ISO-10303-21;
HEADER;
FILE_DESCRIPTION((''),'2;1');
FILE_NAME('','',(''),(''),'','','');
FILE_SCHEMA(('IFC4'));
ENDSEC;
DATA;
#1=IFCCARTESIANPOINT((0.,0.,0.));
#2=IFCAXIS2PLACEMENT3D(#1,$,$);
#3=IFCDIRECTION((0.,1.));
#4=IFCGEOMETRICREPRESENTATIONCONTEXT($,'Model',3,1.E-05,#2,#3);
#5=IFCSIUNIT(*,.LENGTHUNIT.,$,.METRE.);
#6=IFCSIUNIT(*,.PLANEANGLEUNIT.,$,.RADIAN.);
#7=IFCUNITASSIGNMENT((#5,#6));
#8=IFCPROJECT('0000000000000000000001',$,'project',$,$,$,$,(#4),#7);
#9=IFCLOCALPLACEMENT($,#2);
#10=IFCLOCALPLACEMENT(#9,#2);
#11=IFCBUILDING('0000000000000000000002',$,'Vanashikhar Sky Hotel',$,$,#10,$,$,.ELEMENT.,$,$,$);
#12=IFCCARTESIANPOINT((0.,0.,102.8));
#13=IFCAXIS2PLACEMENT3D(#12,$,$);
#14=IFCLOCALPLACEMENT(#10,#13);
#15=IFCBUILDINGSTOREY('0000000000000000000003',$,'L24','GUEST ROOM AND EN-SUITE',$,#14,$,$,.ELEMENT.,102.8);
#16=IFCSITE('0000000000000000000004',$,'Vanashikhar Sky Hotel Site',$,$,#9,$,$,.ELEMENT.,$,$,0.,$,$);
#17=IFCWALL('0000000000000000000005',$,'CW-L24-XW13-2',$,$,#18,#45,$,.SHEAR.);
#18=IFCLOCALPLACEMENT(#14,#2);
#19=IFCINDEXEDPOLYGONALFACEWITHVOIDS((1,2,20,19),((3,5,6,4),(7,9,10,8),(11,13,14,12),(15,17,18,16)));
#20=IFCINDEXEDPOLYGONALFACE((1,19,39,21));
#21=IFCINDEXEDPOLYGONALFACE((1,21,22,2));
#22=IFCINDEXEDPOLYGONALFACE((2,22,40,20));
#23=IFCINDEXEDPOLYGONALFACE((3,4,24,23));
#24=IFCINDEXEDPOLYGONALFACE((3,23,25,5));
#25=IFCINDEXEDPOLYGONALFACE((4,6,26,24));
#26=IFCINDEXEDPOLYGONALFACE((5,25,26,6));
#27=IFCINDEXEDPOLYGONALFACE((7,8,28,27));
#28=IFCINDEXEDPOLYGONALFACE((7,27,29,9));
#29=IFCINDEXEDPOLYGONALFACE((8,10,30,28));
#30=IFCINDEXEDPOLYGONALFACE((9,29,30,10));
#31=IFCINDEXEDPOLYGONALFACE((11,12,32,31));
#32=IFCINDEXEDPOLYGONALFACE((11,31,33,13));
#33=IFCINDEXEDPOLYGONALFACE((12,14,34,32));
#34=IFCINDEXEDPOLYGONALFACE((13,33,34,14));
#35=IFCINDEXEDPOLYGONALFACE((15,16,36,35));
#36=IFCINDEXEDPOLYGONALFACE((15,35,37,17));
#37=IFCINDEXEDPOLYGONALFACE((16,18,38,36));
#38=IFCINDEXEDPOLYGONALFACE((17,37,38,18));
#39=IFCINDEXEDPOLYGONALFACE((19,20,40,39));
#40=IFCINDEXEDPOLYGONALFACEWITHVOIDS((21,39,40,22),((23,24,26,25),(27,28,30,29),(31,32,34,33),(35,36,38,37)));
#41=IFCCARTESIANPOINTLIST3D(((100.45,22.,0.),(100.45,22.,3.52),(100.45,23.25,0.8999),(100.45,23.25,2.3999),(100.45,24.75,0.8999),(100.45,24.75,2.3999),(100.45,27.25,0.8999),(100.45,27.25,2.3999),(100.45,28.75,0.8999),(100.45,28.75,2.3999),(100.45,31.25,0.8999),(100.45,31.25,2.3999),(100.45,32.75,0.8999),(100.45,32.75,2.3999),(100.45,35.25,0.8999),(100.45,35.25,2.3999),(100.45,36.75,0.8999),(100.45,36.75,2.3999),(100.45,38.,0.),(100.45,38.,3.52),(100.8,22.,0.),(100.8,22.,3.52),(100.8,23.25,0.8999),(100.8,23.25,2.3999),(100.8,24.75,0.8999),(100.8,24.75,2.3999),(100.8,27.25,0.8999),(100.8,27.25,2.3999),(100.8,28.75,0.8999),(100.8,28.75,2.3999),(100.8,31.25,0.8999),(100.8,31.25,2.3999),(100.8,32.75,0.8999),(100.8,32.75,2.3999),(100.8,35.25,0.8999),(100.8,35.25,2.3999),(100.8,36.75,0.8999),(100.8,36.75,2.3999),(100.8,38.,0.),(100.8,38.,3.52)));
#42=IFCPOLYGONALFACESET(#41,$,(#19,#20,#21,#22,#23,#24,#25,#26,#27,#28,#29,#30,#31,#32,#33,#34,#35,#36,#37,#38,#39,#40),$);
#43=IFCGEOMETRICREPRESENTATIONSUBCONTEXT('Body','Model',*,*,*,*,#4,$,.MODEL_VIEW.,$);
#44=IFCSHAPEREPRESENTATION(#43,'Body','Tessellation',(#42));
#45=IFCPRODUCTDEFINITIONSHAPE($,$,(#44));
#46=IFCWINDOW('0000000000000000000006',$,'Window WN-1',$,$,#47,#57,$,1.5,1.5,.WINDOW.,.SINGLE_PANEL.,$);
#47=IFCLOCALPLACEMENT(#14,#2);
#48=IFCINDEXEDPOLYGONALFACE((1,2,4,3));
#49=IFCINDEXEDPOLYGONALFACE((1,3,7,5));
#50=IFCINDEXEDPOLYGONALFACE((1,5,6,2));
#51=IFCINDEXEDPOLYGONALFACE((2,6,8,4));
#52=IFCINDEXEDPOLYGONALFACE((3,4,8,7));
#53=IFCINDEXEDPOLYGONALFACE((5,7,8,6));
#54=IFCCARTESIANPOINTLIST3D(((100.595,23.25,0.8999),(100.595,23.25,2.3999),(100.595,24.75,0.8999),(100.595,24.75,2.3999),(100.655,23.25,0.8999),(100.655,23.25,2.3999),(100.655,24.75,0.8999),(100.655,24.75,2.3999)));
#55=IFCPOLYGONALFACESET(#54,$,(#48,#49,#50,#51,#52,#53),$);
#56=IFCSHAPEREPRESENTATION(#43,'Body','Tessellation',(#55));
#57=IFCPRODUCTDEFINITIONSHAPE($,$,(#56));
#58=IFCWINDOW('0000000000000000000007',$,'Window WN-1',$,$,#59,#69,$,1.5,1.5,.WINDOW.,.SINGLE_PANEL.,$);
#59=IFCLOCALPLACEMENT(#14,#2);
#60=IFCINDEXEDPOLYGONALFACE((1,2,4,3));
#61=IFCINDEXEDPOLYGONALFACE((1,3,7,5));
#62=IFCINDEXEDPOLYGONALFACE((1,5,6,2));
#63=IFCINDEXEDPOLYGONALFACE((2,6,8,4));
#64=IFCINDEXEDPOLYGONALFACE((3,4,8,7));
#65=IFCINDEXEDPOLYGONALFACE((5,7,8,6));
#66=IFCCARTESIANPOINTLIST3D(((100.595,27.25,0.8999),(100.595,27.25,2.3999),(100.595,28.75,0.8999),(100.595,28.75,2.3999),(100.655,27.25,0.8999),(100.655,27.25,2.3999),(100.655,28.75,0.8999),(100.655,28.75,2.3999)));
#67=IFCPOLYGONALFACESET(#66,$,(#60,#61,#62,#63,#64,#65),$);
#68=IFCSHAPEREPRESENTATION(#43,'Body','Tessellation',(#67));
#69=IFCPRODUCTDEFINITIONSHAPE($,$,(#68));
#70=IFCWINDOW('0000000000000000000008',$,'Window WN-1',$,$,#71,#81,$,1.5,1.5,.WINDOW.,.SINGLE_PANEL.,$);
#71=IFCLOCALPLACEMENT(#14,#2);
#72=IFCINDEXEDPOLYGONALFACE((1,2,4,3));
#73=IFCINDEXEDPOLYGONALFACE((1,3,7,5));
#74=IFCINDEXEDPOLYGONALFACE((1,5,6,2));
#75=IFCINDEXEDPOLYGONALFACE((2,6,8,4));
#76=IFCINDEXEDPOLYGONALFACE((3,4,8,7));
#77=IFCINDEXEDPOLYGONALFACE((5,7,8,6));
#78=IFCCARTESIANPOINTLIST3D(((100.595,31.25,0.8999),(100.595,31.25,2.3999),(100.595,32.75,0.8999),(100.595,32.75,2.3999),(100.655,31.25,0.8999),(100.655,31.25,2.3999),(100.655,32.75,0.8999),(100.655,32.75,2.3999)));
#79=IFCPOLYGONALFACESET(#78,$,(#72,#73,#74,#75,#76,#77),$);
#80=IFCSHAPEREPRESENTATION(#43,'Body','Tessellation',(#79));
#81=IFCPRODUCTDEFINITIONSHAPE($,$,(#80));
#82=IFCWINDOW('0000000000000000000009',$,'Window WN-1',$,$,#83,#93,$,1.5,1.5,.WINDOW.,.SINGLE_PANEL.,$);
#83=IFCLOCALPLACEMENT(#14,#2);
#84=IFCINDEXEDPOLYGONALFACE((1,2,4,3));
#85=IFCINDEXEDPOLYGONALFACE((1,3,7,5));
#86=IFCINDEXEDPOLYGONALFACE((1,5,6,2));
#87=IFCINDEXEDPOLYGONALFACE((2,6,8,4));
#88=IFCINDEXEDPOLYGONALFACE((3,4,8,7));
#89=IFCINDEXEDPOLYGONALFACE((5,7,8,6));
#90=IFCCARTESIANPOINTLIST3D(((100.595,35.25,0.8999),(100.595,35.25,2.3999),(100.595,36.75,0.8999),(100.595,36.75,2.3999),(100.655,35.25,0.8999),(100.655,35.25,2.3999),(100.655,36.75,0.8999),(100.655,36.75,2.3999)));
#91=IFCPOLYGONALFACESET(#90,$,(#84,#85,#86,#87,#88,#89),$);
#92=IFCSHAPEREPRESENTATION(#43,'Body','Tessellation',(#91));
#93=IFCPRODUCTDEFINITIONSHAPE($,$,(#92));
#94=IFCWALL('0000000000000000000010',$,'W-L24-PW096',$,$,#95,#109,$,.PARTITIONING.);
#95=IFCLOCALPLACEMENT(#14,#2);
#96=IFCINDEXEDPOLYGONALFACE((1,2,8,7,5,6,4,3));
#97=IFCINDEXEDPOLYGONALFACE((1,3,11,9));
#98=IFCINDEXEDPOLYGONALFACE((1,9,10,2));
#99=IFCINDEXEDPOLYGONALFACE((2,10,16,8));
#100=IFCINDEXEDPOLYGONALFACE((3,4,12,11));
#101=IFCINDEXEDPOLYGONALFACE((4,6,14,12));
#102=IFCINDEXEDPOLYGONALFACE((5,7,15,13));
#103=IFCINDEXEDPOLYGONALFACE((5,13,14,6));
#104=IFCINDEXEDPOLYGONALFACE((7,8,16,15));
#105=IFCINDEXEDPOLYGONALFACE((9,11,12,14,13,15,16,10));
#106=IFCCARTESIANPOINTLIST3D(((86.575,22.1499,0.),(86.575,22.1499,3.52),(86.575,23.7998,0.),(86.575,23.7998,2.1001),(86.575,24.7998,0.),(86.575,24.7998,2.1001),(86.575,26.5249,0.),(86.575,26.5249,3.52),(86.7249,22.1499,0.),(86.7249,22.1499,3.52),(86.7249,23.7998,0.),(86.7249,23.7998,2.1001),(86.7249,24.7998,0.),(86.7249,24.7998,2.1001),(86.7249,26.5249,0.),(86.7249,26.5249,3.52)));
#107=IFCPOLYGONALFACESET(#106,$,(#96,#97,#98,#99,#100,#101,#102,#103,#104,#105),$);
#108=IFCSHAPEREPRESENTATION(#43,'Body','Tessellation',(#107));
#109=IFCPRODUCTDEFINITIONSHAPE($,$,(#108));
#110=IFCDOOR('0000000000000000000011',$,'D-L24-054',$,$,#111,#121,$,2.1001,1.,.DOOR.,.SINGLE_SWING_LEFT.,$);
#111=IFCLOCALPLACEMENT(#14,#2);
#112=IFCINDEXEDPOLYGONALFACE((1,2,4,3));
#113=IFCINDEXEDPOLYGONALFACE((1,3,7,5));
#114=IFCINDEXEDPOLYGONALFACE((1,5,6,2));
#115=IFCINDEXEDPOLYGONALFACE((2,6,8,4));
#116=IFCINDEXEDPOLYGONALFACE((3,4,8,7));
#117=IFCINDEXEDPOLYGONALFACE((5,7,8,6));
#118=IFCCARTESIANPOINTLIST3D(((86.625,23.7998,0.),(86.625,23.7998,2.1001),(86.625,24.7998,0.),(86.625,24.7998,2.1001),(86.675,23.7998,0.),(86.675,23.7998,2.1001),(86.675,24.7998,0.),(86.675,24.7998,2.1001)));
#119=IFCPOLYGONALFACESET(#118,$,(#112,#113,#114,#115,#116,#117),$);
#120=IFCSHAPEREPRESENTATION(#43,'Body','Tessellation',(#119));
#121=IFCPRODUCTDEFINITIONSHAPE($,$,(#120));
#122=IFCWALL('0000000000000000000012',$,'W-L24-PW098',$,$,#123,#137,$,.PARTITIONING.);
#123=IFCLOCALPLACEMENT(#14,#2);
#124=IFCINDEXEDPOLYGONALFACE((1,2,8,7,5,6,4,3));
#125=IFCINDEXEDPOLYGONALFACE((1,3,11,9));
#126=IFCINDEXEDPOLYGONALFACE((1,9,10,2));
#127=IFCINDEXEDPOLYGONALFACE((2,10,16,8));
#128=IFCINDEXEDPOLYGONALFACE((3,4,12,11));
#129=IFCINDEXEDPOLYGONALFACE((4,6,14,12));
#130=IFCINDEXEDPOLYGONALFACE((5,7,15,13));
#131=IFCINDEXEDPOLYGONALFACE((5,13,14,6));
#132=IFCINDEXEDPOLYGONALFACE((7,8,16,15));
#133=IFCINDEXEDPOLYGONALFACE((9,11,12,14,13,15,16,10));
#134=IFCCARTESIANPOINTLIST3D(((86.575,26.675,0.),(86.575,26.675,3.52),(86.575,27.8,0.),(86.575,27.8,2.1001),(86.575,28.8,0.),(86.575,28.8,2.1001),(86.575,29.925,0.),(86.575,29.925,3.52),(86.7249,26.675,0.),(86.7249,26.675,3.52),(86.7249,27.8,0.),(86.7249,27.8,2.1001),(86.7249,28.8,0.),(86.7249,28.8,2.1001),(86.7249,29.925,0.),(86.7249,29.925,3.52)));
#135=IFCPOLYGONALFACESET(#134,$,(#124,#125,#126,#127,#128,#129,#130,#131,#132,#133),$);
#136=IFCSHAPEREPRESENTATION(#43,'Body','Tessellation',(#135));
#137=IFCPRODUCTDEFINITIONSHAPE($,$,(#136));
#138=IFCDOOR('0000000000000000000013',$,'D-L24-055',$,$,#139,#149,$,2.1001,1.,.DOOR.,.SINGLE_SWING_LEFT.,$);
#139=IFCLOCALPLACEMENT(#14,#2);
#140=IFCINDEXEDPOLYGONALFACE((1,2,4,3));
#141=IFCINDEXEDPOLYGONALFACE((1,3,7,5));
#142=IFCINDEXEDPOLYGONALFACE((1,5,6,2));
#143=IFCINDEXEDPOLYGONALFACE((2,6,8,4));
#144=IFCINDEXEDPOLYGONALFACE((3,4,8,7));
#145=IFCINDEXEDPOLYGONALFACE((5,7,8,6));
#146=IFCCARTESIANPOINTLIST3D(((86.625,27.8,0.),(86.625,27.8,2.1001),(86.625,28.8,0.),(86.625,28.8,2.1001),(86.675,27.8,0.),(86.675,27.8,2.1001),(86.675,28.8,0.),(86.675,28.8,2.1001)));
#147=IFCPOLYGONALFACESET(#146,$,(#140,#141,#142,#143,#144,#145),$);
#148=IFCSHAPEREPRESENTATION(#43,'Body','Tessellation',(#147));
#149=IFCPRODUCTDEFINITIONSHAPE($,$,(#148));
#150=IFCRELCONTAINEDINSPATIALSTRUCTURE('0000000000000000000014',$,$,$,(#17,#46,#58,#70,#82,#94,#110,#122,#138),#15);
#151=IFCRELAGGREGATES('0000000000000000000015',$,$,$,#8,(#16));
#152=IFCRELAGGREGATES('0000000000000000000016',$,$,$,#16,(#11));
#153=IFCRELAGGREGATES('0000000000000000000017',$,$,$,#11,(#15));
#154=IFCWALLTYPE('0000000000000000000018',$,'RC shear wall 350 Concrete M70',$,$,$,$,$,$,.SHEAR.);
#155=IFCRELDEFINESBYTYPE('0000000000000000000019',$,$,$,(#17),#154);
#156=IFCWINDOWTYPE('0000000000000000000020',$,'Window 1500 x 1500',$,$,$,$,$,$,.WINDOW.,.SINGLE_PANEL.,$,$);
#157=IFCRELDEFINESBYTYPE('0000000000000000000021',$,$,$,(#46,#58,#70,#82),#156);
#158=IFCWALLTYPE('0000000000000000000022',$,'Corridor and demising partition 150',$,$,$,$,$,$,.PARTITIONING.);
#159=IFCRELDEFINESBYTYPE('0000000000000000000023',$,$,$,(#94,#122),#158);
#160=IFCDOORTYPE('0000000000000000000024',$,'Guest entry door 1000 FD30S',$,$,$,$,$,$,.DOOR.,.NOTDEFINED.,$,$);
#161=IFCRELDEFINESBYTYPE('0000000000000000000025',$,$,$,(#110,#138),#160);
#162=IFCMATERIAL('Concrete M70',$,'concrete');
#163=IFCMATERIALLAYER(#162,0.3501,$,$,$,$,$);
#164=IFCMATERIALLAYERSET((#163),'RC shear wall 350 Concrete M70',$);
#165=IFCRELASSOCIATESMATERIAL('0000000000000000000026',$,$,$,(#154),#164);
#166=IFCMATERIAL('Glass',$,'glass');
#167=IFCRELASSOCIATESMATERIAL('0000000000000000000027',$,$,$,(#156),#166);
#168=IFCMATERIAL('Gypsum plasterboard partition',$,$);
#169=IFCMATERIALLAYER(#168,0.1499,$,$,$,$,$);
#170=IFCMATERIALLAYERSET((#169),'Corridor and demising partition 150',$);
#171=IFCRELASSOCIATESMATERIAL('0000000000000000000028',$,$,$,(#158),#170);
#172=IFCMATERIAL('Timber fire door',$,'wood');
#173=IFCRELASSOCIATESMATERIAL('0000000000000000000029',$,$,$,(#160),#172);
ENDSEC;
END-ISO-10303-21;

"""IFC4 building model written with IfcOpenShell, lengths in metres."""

from ifc_helpers import new_model, si_unit, direction, frame, frame_2d, origin, place, context, subcontext, project, spatial, rectangle, extrude, source, transform, mapped, material, layer, layer_set, type_object, element, fill, save


model = new_model("IFC4")

# Units and contexts
model_context = context("Model", 3, precision=1e-05, world=origin(), true_north=direction((0.0, 1.0)))
body_context = subcontext(model_context, "Body", "Model", "MODEL_VIEW")
ifc_project = project(units=[si_unit("LENGTHUNIT", "METRE"), si_unit("PLANEANGLEUNIT", "RADIAN")], contexts=[model_context])

# Site, building, storey
site_placement = place(None, origin())
site = spatial("IfcSite", under=ifc_project, at=site_placement, Name="Vanashikhar Sky Hotel Site", CompositionType="ELEMENT", RefElevation=0.0)
building_placement = place(site_placement, origin())
building = spatial("IfcBuilding", under=site, at=building_placement, Name="Vanashikhar Sky Hotel", CompositionType="ELEMENT")
storey_placement = place(building_placement, frame((0.0, 0.0, 102.8)))
storey = spatial("IfcBuildingStorey", under=building, at=storey_placement, Name="L24", Description="GUEST ROOM AND EN-SUITE", CompositionType="ELEMENT", Elevation=102.8)

# Wall, openings, windows
ifc_material_1 = material(Name="Concrete M70", Category="concrete")
ifc_layer_1 = layer(ifc_material_1, 0.3501)
ifc_layer_set_1 = layer_set([ifc_layer_1], Name="RC shear wall 350 Concrete M70")
wall_type_1 = type_object("IfcWallType", Name="RC shear wall 350 Concrete M70", PredefinedType="SHEAR", material=ifc_layer_set_1)
shared_shape_1 = source(origin(), body_context, "Body", "SweptSolid", [
    extrude(rectangle(XDim=16.0, YDim=0.3501, at=frame_2d((8.0, 0.0))), origin(), (0.0, 0.0, 1.0), 3.52),
])
wall_1_placement = place(storey_placement, frame((100.625, 22.0, 0.0), z_axis=(0.0, 0.0, 1.0), x_axis=(0.0, 1.0, 0.0)))
wall_1 = element("IfcWall", 1, at=wall_1_placement, inside=storey, type_object=wall_type_1, Name="CW-L24-XW13-2", PredefinedType="SHEAR", context=body_context, shape_type="MappedRepresentation", body=[
    mapped(shared_shape_1, transform((0.0, 0.0, 0.0), scale=1.0)),
])
shared_shape_2 = source(origin(), body_context, "Body", "SweptSolid", [
    extrude(rectangle(XDim=1.5, YDim=1.5, at=frame_2d((0.75, 0.75))), frame((0.0, 0.1851, 0.0), z_axis=(0.0, -1.0, 0.0), x_axis=(1.0, 0.0, 0.0)), (0.0, 0.0, 1.0), 0.3701),
])
opening_1_placement = place(wall_1_placement, frame((1.25, 0.0, 0.8999)))
opening_1 = element("IfcOpeningElement", 2, at=opening_1_placement, cuts=wall_1, PredefinedType="OPENING", context=body_context, shape_type="MappedRepresentation", body=[
    mapped(shared_shape_2, transform((0.0, 0.0, 0.0), scale=1.0)),
])
opening_2_placement = place(wall_1_placement, frame((5.25, 0.0, 0.8999)))
opening_2 = element("IfcOpeningElement", 3, at=opening_2_placement, cuts=wall_1, PredefinedType="OPENING", context=body_context, shape_type="MappedRepresentation", body=[
    mapped(shared_shape_2, transform((0.0, 0.0, 0.0), scale=1.0)),
])
opening_3_placement = place(wall_1_placement, frame((9.25, 0.0, 0.8999)))
opening_3 = element("IfcOpeningElement", 4, at=opening_3_placement, cuts=wall_1, PredefinedType="OPENING", context=body_context, shape_type="MappedRepresentation", body=[
    mapped(shared_shape_2, transform((0.0, 0.0, 0.0), scale=1.0)),
])
opening_4_placement = place(wall_1_placement, frame((13.25, 0.0, 0.8999)))
opening_4 = element("IfcOpeningElement", 5, at=opening_4_placement, cuts=wall_1, PredefinedType="OPENING", context=body_context, shape_type="MappedRepresentation", body=[
    mapped(shared_shape_2, transform((0.0, 0.0, 0.0), scale=1.0)),
])
ifc_material_2 = material(Name="Glass", Category="glass")
window_type = type_object("IfcWindowType", Name="Window 1500 x 1500", PartitioningType="SINGLE_PANEL", PredefinedType="WINDOW", material=ifc_material_2)
shared_shape_3 = source(origin(), body_context, "Body", "SweptSolid", [
    extrude(rectangle(XDim=1.5, YDim=1.5, at=frame_2d((0.75, 0.75))), frame((0.0, 0.03, 0.0), z_axis=(0.0, -1.0, 0.0), x_axis=(1.0, 0.0, 0.0)), (0.0, 0.0, 1.0), 0.0601),
])
window_1_placement = place(opening_1_placement, origin())
window_1 = element("IfcWindow", 6, at=window_1_placement, inside=storey, type_object=window_type, Name="Window WN-1", OverallHeight=1.5, OverallWidth=1.5, PartitioningType="SINGLE_PANEL", PredefinedType="WINDOW", context=body_context, shape_type="MappedRepresentation", body=[
    mapped(shared_shape_3, transform((0.0, 0.0, 0.0), scale=1.0)),
])
fill(opening_1, window_1)
window_2_placement = place(opening_2_placement, origin())
window_2 = element("IfcWindow", 7, at=window_2_placement, inside=storey, type_object=window_type, Name="Window WN-1", OverallHeight=1.5, OverallWidth=1.5, PartitioningType="SINGLE_PANEL", PredefinedType="WINDOW", context=body_context, shape_type="MappedRepresentation", body=[
    mapped(shared_shape_3, transform((0.0, 0.0, 0.0), scale=1.0)),
])
fill(opening_2, window_2)
window_3_placement = place(opening_3_placement, origin())
window_3 = element("IfcWindow", 8, at=window_3_placement, inside=storey, type_object=window_type, Name="Window WN-1", OverallHeight=1.5, OverallWidth=1.5, PartitioningType="SINGLE_PANEL", PredefinedType="WINDOW", context=body_context, shape_type="MappedRepresentation", body=[
    mapped(shared_shape_3, transform((0.0, 0.0, 0.0), scale=1.0)),
])
fill(opening_3, window_3)
window_4_placement = place(opening_4_placement, origin())
window_4 = element("IfcWindow", 9, at=window_4_placement, inside=storey, type_object=window_type, Name="Window WN-1", OverallHeight=1.5, OverallWidth=1.5, PartitioningType="SINGLE_PANEL", PredefinedType="WINDOW", context=body_context, shape_type="MappedRepresentation", body=[
    mapped(shared_shape_3, transform((0.0, 0.0, 0.0), scale=1.0)),
])
fill(opening_4, window_4)

# Walls, openings, doors
ifc_material_3 = material(Name="Gypsum plasterboard partition")
ifc_layer_2 = layer(ifc_material_3, 0.1499)
ifc_layer_set_2 = layer_set([ifc_layer_2], Name="Corridor and demising partition 150")
wall_type_2 = type_object("IfcWallType", Name="Corridor and demising partition 150", PredefinedType="PARTITIONING", material=ifc_layer_set_2)
shared_shape_4 = source(origin(), body_context, "Body", "SweptSolid", [
    extrude(rectangle(XDim=4.375, YDim=0.1499, at=frame_2d((2.1875, 0.0))), origin(), (0.0, 0.0, 1.0), 3.52),
])
wall_2_placement = place(storey_placement, frame((86.6499, 22.1499, 0.0), z_axis=(0.0, 0.0, 1.0), x_axis=(0.0, 1.0, 0.0)))
wall_2 = element("IfcWall", 10, at=wall_2_placement, inside=storey, type_object=wall_type_2, Name="W-L24-PW096", PredefinedType="PARTITIONING", context=body_context, shape_type="MappedRepresentation", body=[
    mapped(shared_shape_4, transform((0.0, 0.0, 0.0), scale=1.0)),
])
shared_shape_5 = source(origin(), body_context, "Body", "SweptSolid", [
    extrude(rectangle(XDim=1.0, YDim=2.1001, at=frame_2d((0.5, 1.05))), frame((0.0, 0.085, 0.0), z_axis=(0.0, -1.0, 0.0), x_axis=(1.0, 0.0, 0.0)), (0.0, 0.0, 1.0), 0.1699),
])
opening_5_placement = place(wall_2_placement, frame((1.6499, 0.0, 0.0)))
opening_5 = element("IfcOpeningElement", 11, at=opening_5_placement, cuts=wall_2, PredefinedType="OPENING", context=body_context, shape_type="MappedRepresentation", body=[
    mapped(shared_shape_5, transform((0.0, 0.0, 0.0), scale=1.0)),
])
ifc_material_4 = material(Name="Timber fire door", Category="wood")
door_type_1 = type_object("IfcDoorType", Name="Guest entry door 1000 FD30S", OperationType="NOTDEFINED", PredefinedType="DOOR", material=ifc_material_4)
shared_shape_6 = source(origin(), body_context, "Body", "SweptSolid", [
    extrude(rectangle(XDim=1.0, YDim=2.1001, at=frame_2d((0.5, 1.05))), frame((0.0, 0.0249, 0.0), z_axis=(0.0, -1.0, 0.0), x_axis=(1.0, 0.0, 0.0)), (0.0, 0.0, 1.0), 0.05),
])
door_1_placement = place(opening_5_placement, origin())
door_1 = element("IfcDoor", 12, at=door_1_placement, inside=storey, type_object=door_type_1, Name="D-L24-054", OperationType="SINGLE_SWING_LEFT", OverallHeight=2.1001, OverallWidth=1.0, PredefinedType="DOOR", context=body_context, shape_type="MappedRepresentation", body=[
    mapped(shared_shape_6, transform((0.0, 0.0, 0.0), scale=1.0)),
])
fill(opening_5, door_1)
shared_shape_7 = source(origin(), body_context, "Body", "SweptSolid", [
    extrude(rectangle(XDim=3.25, YDim=0.1499, at=frame_2d((1.625, 0.0))), origin(), (0.0, 0.0, 1.0), 3.52),
])
wall_3_placement = place(storey_placement, frame((86.6499, 26.675, 0.0), z_axis=(0.0, 0.0, 1.0), x_axis=(0.0, 1.0, 0.0)))
wall_3 = element("IfcWall", 13, at=wall_3_placement, inside=storey, type_object=wall_type_2, Name="W-L24-PW098", PredefinedType="PARTITIONING", context=body_context, shape_type="MappedRepresentation", body=[
    mapped(shared_shape_7, transform((0.0, 0.0, 0.0), scale=1.0)),
])
opening_6_placement = place(wall_3_placement, frame((1.125, 0.0, 0.0)))
opening_6 = element("IfcOpeningElement", 14, at=opening_6_placement, cuts=wall_3, PredefinedType="OPENING", context=body_context, shape_type="MappedRepresentation", body=[
    mapped(shared_shape_5, transform((0.0, 0.0, 0.0), scale=1.0)),
])
door_2_placement = place(opening_6_placement, origin())
door_2 = element("IfcDoor", 15, at=door_2_placement, inside=storey, type_object=door_type_1, Name="D-L24-055", OperationType="SINGLE_SWING_LEFT", OverallHeight=2.1001, OverallWidth=1.0, PredefinedType="DOOR", context=body_context, shape_type="MappedRepresentation", body=[
    mapped(shared_shape_6, transform((0.0, 0.0, 0.0), scale=1.0)),
])
fill(opening_6, door_2)

save(model, "model.ifc")
